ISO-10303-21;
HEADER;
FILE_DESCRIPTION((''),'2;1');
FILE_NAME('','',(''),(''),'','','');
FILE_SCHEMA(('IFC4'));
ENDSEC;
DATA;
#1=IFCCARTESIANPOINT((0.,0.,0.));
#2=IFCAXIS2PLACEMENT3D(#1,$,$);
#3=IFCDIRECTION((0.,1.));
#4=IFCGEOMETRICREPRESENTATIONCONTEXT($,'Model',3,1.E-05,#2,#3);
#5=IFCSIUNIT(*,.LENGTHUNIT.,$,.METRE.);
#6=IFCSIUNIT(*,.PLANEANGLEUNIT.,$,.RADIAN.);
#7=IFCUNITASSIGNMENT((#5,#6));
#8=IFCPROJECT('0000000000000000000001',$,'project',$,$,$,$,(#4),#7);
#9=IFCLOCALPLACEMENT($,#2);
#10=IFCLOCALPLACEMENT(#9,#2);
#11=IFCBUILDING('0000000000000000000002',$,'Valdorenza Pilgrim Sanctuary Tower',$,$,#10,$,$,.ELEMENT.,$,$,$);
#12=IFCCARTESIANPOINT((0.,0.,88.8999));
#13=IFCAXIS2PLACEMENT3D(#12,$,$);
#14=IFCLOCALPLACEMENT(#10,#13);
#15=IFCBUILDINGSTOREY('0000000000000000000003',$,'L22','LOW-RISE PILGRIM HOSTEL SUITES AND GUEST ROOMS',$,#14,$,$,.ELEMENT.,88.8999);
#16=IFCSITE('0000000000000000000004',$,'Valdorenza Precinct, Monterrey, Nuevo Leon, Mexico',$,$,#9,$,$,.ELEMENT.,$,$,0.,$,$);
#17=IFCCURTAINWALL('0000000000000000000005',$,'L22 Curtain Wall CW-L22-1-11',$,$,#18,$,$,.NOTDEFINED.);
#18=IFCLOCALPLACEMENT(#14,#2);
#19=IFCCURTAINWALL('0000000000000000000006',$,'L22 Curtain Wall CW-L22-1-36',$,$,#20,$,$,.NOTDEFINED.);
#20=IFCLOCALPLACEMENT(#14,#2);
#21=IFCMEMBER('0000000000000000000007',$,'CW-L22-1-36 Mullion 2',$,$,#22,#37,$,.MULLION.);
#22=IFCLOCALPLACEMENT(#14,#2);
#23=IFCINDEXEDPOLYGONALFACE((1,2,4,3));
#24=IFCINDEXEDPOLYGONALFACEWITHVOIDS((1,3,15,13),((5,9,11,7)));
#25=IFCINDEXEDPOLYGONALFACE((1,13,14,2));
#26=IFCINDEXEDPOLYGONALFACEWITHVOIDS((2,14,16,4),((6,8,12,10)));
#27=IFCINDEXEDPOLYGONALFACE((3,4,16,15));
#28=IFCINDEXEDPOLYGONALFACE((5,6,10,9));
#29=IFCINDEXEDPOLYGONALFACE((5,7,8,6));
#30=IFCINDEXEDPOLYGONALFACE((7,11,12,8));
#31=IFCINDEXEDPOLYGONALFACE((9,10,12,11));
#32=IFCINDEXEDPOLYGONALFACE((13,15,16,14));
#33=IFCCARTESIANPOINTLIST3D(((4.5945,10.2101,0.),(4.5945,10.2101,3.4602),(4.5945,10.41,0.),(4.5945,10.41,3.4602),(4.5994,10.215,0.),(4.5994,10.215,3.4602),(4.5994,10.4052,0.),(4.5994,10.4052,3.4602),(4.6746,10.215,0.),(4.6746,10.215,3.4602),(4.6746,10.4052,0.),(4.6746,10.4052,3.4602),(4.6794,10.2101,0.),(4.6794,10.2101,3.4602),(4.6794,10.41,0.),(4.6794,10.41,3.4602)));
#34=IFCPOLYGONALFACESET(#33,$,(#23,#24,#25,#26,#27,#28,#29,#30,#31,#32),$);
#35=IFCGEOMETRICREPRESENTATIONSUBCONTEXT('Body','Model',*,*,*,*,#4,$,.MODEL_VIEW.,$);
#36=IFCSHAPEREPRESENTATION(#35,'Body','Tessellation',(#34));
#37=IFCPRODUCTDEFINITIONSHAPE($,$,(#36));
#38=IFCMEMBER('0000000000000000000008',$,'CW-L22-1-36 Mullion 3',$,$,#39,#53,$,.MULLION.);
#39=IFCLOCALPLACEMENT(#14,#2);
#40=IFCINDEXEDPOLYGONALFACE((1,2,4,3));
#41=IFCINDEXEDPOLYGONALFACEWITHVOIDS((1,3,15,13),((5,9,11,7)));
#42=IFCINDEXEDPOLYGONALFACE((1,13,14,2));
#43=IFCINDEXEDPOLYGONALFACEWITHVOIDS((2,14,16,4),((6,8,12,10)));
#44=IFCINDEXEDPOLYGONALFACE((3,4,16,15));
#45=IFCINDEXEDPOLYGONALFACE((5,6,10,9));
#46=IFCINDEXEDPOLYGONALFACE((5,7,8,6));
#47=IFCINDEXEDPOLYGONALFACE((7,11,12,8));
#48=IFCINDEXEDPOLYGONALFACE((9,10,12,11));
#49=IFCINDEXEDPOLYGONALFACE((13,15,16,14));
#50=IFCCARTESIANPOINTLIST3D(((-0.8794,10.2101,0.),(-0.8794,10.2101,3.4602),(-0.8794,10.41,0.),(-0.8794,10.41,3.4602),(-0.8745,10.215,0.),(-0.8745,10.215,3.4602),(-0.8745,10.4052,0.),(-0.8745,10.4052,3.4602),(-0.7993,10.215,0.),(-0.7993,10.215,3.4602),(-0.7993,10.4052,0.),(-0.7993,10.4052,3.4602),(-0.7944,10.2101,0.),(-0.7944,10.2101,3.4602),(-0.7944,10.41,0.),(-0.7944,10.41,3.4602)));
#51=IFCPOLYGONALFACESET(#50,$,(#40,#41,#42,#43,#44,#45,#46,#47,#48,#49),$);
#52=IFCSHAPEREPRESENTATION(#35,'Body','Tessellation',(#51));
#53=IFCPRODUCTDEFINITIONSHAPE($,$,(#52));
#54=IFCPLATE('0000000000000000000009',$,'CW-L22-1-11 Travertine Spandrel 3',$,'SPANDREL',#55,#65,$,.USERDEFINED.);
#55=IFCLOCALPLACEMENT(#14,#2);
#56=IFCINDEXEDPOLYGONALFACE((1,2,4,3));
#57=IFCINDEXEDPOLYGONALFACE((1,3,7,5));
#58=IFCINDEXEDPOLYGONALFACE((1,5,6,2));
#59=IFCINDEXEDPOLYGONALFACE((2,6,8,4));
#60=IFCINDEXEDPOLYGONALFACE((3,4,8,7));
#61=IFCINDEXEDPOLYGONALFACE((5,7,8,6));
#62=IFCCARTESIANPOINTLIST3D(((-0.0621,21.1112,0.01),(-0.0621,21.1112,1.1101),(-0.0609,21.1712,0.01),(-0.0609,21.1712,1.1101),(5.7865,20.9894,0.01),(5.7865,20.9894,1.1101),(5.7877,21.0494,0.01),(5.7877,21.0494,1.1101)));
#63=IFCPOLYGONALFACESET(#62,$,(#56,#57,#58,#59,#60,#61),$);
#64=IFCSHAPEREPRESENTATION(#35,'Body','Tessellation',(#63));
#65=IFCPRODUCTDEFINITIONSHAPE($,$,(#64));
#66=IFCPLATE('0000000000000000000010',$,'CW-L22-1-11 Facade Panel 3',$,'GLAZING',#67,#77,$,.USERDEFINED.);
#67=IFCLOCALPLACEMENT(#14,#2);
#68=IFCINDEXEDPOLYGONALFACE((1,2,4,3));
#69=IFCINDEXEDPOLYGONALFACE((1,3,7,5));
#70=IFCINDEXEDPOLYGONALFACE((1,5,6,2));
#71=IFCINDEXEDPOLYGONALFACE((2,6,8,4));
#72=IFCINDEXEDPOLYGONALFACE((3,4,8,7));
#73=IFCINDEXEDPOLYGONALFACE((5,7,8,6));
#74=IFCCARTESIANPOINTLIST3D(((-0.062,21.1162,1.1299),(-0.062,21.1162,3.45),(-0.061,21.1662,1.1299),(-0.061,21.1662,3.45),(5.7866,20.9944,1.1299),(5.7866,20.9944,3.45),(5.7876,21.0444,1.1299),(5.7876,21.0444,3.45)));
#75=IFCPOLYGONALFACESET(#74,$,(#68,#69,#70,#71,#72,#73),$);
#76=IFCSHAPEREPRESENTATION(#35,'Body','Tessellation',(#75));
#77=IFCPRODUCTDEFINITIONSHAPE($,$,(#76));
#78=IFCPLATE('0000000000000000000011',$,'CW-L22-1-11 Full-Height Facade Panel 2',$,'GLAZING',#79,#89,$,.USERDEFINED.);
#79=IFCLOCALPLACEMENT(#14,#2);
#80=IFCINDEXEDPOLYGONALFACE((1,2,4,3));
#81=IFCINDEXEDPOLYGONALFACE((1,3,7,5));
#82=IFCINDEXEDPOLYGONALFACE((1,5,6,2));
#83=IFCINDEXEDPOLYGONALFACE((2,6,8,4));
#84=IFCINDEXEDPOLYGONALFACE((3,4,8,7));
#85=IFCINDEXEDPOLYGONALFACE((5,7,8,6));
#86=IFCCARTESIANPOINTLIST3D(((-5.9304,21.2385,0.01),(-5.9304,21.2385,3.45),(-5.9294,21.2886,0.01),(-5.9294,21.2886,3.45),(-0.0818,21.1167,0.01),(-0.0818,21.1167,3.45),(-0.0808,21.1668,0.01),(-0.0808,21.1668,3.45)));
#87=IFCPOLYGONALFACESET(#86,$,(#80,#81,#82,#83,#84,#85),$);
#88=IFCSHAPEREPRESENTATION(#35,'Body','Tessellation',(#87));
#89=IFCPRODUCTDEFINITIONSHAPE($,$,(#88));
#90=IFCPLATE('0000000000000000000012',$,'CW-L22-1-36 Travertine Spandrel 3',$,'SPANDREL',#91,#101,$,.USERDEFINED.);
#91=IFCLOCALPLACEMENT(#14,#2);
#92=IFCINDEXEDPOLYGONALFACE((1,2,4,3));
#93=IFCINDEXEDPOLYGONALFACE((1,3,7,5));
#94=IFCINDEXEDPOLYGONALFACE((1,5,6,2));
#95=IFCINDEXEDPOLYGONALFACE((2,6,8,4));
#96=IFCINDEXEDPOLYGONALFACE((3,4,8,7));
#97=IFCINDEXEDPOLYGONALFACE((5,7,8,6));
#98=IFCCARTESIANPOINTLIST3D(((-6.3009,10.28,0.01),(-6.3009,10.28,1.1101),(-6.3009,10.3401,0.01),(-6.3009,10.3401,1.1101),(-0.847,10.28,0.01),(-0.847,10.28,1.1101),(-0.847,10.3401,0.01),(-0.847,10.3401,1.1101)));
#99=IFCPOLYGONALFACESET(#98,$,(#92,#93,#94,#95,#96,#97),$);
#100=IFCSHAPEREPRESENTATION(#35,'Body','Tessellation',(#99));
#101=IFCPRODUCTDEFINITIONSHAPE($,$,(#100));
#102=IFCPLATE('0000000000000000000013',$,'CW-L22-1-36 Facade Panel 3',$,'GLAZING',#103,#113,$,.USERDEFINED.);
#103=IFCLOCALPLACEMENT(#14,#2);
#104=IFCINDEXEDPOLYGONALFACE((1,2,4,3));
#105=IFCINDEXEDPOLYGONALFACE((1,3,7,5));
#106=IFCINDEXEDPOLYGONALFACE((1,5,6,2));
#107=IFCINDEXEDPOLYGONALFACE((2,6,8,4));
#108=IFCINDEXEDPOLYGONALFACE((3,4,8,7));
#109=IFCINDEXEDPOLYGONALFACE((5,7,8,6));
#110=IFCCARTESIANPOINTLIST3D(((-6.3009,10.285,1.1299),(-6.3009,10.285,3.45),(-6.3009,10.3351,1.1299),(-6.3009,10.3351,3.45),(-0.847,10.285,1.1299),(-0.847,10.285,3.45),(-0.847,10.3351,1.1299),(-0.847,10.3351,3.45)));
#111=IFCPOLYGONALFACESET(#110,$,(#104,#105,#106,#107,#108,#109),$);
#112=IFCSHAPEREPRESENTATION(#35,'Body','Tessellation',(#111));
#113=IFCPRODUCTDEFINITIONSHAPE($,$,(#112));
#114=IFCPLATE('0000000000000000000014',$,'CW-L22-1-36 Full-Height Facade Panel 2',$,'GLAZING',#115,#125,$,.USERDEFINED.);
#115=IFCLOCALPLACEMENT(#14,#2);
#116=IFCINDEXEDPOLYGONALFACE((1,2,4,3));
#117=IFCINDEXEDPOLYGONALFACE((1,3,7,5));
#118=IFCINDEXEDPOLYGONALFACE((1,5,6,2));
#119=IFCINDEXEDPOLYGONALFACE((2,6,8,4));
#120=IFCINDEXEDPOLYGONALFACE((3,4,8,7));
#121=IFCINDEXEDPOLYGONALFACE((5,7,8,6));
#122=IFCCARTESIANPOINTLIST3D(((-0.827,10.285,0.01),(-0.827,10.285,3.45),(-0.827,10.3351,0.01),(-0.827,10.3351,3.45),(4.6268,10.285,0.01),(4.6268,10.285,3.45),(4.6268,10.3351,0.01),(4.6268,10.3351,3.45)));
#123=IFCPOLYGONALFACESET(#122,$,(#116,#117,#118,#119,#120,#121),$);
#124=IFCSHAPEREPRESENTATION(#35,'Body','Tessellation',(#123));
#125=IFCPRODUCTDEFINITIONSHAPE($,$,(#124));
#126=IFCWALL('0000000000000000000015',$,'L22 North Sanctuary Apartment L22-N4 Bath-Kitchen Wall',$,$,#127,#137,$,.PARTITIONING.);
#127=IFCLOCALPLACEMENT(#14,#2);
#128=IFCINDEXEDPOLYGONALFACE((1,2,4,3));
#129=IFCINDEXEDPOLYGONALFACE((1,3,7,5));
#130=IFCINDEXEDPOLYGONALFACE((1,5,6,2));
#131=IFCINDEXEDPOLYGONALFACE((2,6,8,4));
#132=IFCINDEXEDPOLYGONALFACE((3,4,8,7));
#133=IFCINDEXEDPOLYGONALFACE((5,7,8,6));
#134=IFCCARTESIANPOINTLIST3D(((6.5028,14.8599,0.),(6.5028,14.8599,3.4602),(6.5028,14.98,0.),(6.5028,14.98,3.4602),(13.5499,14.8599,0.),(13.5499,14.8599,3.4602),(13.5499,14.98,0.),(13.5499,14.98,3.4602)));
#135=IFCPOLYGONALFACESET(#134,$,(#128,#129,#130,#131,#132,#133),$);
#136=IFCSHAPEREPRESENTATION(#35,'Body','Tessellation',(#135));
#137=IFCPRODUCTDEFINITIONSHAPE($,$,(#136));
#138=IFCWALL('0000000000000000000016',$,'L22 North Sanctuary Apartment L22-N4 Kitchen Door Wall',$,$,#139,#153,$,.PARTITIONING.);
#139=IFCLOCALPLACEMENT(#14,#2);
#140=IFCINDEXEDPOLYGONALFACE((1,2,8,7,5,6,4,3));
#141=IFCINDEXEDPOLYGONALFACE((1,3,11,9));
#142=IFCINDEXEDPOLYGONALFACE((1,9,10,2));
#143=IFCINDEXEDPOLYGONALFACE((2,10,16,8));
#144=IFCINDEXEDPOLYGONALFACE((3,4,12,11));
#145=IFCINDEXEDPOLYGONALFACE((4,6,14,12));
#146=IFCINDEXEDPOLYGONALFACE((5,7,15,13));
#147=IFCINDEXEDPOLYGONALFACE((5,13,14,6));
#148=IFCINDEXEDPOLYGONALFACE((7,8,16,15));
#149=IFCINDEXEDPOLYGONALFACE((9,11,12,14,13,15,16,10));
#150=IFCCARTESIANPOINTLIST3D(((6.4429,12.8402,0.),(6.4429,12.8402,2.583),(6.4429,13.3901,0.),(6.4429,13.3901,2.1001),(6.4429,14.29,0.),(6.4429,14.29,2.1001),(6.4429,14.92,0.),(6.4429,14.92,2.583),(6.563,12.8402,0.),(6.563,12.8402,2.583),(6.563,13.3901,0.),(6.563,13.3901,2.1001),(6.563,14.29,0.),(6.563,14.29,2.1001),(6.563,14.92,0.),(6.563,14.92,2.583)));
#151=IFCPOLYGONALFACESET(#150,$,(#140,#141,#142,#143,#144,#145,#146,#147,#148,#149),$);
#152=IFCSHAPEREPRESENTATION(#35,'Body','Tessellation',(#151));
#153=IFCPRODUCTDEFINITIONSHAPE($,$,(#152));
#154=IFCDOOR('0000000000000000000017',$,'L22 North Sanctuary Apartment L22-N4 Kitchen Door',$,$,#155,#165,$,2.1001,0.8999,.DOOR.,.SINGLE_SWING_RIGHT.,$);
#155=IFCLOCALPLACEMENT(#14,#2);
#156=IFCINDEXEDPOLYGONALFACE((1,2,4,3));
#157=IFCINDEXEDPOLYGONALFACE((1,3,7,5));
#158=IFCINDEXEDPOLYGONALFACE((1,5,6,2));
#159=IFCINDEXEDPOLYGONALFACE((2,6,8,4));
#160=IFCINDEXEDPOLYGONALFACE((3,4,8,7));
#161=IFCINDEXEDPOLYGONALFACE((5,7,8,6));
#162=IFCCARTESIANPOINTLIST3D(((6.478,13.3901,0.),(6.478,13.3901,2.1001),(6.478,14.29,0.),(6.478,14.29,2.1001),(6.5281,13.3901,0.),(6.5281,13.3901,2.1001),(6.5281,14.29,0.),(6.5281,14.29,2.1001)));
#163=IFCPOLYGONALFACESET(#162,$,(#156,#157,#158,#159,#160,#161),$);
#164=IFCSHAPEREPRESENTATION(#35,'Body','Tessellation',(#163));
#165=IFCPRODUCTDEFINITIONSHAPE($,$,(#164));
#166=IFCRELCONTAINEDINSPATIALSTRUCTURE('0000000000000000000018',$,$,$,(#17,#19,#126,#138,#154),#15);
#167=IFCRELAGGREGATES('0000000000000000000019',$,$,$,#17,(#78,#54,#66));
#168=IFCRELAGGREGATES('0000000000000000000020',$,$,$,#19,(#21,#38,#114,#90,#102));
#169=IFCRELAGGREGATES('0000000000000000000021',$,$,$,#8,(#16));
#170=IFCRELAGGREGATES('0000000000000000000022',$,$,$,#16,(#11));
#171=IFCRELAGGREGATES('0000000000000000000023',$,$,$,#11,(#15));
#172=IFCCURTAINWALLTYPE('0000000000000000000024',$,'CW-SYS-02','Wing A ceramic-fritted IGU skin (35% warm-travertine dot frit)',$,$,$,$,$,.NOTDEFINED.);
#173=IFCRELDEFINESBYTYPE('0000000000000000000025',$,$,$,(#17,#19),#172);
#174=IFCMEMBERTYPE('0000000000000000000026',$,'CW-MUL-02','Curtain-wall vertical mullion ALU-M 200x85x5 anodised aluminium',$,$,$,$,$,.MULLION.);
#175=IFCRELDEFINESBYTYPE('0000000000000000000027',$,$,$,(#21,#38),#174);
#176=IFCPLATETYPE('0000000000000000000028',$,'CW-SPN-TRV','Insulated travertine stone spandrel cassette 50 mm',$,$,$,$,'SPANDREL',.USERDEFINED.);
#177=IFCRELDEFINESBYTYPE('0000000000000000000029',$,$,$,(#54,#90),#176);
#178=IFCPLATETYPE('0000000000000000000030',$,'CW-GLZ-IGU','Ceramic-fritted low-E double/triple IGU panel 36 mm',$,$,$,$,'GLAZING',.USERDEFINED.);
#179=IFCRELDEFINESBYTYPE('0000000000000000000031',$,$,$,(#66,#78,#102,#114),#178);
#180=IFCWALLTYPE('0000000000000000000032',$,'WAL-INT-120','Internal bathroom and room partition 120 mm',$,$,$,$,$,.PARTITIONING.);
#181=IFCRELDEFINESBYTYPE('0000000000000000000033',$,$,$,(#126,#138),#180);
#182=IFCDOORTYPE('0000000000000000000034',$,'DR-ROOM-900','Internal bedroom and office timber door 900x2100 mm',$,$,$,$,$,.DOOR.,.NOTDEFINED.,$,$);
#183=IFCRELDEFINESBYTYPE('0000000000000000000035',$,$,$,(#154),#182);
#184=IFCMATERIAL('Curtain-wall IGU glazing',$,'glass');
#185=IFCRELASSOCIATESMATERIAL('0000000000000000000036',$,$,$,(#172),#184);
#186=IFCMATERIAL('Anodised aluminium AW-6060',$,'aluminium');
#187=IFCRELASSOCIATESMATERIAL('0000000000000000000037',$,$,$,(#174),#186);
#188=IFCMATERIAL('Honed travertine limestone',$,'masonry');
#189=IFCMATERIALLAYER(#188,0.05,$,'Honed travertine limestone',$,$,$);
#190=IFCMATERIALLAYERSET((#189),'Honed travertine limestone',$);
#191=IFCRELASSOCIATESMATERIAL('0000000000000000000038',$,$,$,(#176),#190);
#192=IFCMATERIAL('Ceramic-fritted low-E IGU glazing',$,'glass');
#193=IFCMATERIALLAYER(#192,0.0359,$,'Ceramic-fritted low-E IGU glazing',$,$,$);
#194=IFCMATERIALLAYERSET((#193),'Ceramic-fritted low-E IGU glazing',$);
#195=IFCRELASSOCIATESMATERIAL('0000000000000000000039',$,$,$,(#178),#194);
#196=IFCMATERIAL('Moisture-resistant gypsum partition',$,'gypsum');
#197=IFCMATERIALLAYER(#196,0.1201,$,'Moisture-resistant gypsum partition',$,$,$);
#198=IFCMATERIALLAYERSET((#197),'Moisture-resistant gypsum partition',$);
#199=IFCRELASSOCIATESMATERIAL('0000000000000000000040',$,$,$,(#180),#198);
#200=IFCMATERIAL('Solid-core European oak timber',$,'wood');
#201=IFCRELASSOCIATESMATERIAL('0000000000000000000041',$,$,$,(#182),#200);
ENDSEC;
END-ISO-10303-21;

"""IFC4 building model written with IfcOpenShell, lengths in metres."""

from ifc_helpers import new_model, si_unit, direction, frame, frame_2d, origin, origin_2d, place, context, subcontext, project, spatial, rectangle, hollow_rectangle, extrude, source, transform, mapped, material, layer, layer_set, material_profile, profile_set, type_object, element, fill, aggregate, save


model = new_model("IFC4")

# Units and contexts
model_context = context("Model", 3, precision=1e-05, world=origin(), true_north=direction((0.0, 1.0)))
body_context = subcontext(model_context, "Body", "Model", "MODEL_VIEW")
ifc_project = project(units=[si_unit("LENGTHUNIT", "METRE"), si_unit("PLANEANGLEUNIT", "RADIAN")], contexts=[model_context])

# Site, building, storey
site_placement = place(None, origin())
site = spatial("IfcSite", under=ifc_project, at=site_placement, Name="Valdorenza Precinct, Monterrey, Nuevo Leon, Mexico", CompositionType="ELEMENT", RefElevation=0.0)
building_placement = place(site_placement, origin())
building = spatial("IfcBuilding", under=site, at=building_placement, Name="Valdorenza Pilgrim Sanctuary Tower", CompositionType="ELEMENT")
storey_placement = place(building_placement, frame((0.0, 0.0, 88.8999)))
storey = spatial("IfcBuildingStorey", under=building, at=storey_placement, Name="L22", Description="LOW-RISE PILGRIM HOSTEL SUITES AND GUEST ROOMS", CompositionType="ELEMENT", Elevation=88.8999)

# Curtain walls, members
ifc_material_1 = material(Name="Curtain-wall IGU glazing", Category="glass")
curtain_wall_type = type_object("IfcCurtainWallType", Name="CW-SYS-02", Description="Wing A ceramic-fritted IGU skin (35% warm-travertine dot frit)", PredefinedType="NOTDEFINED", material=ifc_material_1)
curtain_wall_1_placement = place(storey_placement, origin())
curtain_wall_1 = element("IfcCurtainWall", 1, at=curtain_wall_1_placement, inside=storey, type_object=curtain_wall_type, Name="L22 Curtain Wall CW-L22-1-11", PredefinedType="NOTDEFINED")
ifc_material_2 = material(Name="Anodised aluminium AW-6060", Category="aluminium")
ifc_material_profile_1 = material_profile(ifc_material_2, hollow_rectangle(XDim=0.085, YDim=0.2, WallThickness=0.0049, at=origin_2d()), Name="ALU-M 200x85x5")
ifc_profile_set_1 = profile_set([ifc_material_profile_1], Name="Anodised aluminium AW-6060")
member_type = type_object("IfcMemberType", Name="CW-MUL-02", Description="Curtain-wall vertical mullion ALU-M 200x85x5 anodised aluminium", PredefinedType="MULLION", material=ifc_profile_set_1)
shared_shape_1 = source(origin(), body_context, "Body", "SweptSolid", [
    extrude(hollow_rectangle(XDim=0.085, YDim=0.2, WallThickness=0.0049, at=origin_2d()), origin(), (0.0, 0.0, 1.0), 3.4602),
])
curtain_wall_2_placement = place(storey_placement, origin())
curtain_wall_2 = element("IfcCurtainWall", 2, at=curtain_wall_2_placement, inside=storey, type_object=curtain_wall_type, Name="L22 Curtain Wall CW-L22-1-36", PredefinedType="NOTDEFINED")
member_1_placement = place(storey_placement, frame((4.637, 10.3101, 0.0), z_axis=(0.0, 0.0, 1.0), x_axis=(-1.0, 0.0, 0.0)))
member_1 = element("IfcMember", 3, at=member_1_placement, type_object=member_type, Name="CW-L22-1-36 Mullion 2", PredefinedType="MULLION", context=body_context, shape_type="MappedRepresentation", body=[
    mapped(shared_shape_1, transform((0.0, 0.0, 0.0), x_axis=(1.0, 0.0, 0.0), y_axis=(0.0, 1.0, 0.0), z_axis=(0.0, 0.0, 1.0), scale=1.0)),
])
member_2_placement = place(storey_placement, frame((-0.8369, 10.3101, 0.0), z_axis=(0.0, 0.0, 1.0), x_axis=(-1.0, 0.0, 0.0)))
member_2 = element("IfcMember", 4, at=member_2_placement, type_object=member_type, Name="CW-L22-1-36 Mullion 3", PredefinedType="MULLION", context=body_context, shape_type="MappedRepresentation", body=[
    mapped(shared_shape_1, transform((0.0, 0.0, 0.0), x_axis=(1.0, 0.0, 0.0), y_axis=(0.0, 1.0, 0.0), z_axis=(0.0, 0.0, 1.0), scale=1.0)),
])

# Plates
ifc_material_3 = material(Name="Honed travertine limestone", Category="masonry")
ifc_layer_1 = layer(ifc_material_3, 0.05, Name="Honed travertine limestone")
ifc_layer_set_1 = layer_set([ifc_layer_1], Name="Honed travertine limestone")
plate_type_1 = type_object("IfcPlateType", Name="CW-SPN-TRV", Description="Insulated travertine stone spandrel cassette 50 mm", ElementType="SPANDREL", PredefinedType="USERDEFINED", material=ifc_layer_set_1)
shared_shape_2 = source(origin(), body_context, "Body", "SweptSolid", [
    extrude(rectangle(XDim=5.8499, YDim=0.0601, at=origin_2d()), origin(), (0.0, 0.0, 1.0), 1.1001),
])
plate_1_placement = place(storey_placement, frame((2.8628, 21.0803, 0.01), z_axis=(0.0, 0.0, 1.0), x_axis=(0.999783, -0.02082, 0.0)))
plate_1 = element("IfcPlate", 5, at=plate_1_placement, type_object=plate_type_1, Name="CW-L22-1-11 Travertine Spandrel 3", ObjectType="SPANDREL", PredefinedType="USERDEFINED", context=body_context, shape_type="MappedRepresentation", body=[
    mapped(shared_shape_2, transform((0.0, 0.0, 0.0), x_axis=(1.0, 0.0, 0.0), y_axis=(0.0, 1.0, 0.0), z_axis=(0.0, 0.0, 1.0), scale=1.0)),
])
ifc_material_4 = material(Name="Ceramic-fritted low-E IGU glazing", Category="glass")
ifc_layer_2 = layer(ifc_material_4, 0.0359, Name="Ceramic-fritted low-E IGU glazing")
ifc_layer_set_2 = layer_set([ifc_layer_2], Name="Ceramic-fritted low-E IGU glazing")
plate_type_2 = type_object("IfcPlateType", Name="CW-GLZ-IGU", Description="Ceramic-fritted low-E double/triple IGU panel 36 mm", ElementType="GLAZING", PredefinedType="USERDEFINED", material=ifc_layer_set_2)
shared_shape_3 = source(origin(), body_context, "Body", "SweptSolid", [
    extrude(rectangle(XDim=5.8499, YDim=0.05, at=origin_2d()), origin(), (0.0, 0.0, 1.0), 2.3201),
])
plate_2_placement = place(storey_placement, frame((2.8628, 21.0803, 1.1299), z_axis=(0.0, 0.0, 1.0), x_axis=(0.999783, -0.02082, 0.0)))
plate_2 = element("IfcPlate", 6, at=plate_2_placement, type_object=plate_type_2, Name="CW-L22-1-11 Facade Panel 3", ObjectType="GLAZING", PredefinedType="USERDEFINED", context=body_context, shape_type="MappedRepresentation", body=[
    mapped(shared_shape_3, transform((0.0, 0.0, 0.0), x_axis=(1.0, 0.0, 0.0), y_axis=(0.0, 1.0, 0.0), z_axis=(0.0, 0.0, 1.0), scale=1.0)),
])
shared_shape_4 = source(origin(), body_context, "Body", "SweptSolid", [
    extrude(rectangle(XDim=5.8499, YDim=0.05, at=origin_2d()), origin(), (0.0, 0.0, 1.0), 3.4399),
])
plate_3_placement = place(storey_placement, frame((-3.0056, 21.2026, 0.01), z_axis=(0.0, 0.0, 1.0), x_axis=(0.999783, -0.02082, 0.0)))
plate_3 = element("IfcPlate", 7, at=plate_3_placement, type_object=plate_type_2, Name="CW-L22-1-11 Full-Height Facade Panel 2", ObjectType="GLAZING", PredefinedType="USERDEFINED", context=body_context, shape_type="MappedRepresentation", body=[
    mapped(shared_shape_4, transform((0.0, 0.0, 0.0), x_axis=(1.0, 0.0, 0.0), y_axis=(0.0, 1.0, 0.0), z_axis=(0.0, 0.0, 1.0), scale=1.0)),
])
aggregate(curtain_wall_1, [plate_3, plate_1, plate_2])
shared_shape_5 = source(origin(), body_context, "Body", "SweptSolid", [
    extrude(rectangle(XDim=5.4539, YDim=0.0601, at=origin_2d()), origin(), (0.0, 0.0, 1.0), 1.1001),
])
plate_4_placement = place(storey_placement, frame((-3.574, 10.3101, 0.01), z_axis=(0.0, 0.0, 1.0), x_axis=(-1.0, 0.0, 0.0)))
plate_4 = element("IfcPlate", 8, at=plate_4_placement, type_object=plate_type_1, Name="CW-L22-1-36 Travertine Spandrel 3", ObjectType="SPANDREL", PredefinedType="USERDEFINED", context=body_context, shape_type="MappedRepresentation", body=[
    mapped(shared_shape_5, transform((0.0, 0.0, 0.0), x_axis=(1.0, 0.0, 0.0), y_axis=(0.0, 1.0, 0.0), z_axis=(0.0, 0.0, 1.0), scale=1.0)),
])
shared_shape_6 = source(origin(), body_context, "Body", "SweptSolid", [
    extrude(rectangle(XDim=5.4539, YDim=0.05, at=origin_2d()), origin(), (0.0, 0.0, 1.0), 2.3201),
])
plate_5_placement = place(storey_placement, frame((-3.574, 10.3101, 1.1299), z_axis=(0.0, 0.0, 1.0), x_axis=(-1.0, 0.0, 0.0)))
plate_5 = element("IfcPlate", 9, at=plate_5_placement, type_object=plate_type_2, Name="CW-L22-1-36 Facade Panel 3", ObjectType="GLAZING", PredefinedType="USERDEFINED", context=body_context, shape_type="MappedRepresentation", body=[
    mapped(shared_shape_6, transform((0.0, 0.0, 0.0), x_axis=(1.0, 0.0, 0.0), y_axis=(0.0, 1.0, 0.0), z_axis=(0.0, 0.0, 1.0), scale=1.0)),
])
shared_shape_7 = source(origin(), body_context, "Body", "SweptSolid", [
    extrude(rectangle(XDim=5.4539, YDim=0.05, at=origin_2d()), origin(), (0.0, 0.0, 1.0), 3.4399),
])
plate_6_placement = place(storey_placement, frame((1.8999, 10.3101, 0.01), z_axis=(0.0, 0.0, 1.0), x_axis=(-1.0, 0.0, 0.0)))
plate_6 = element("IfcPlate", 10, at=plate_6_placement, type_object=plate_type_2, Name="CW-L22-1-36 Full-Height Facade Panel 2", ObjectType="GLAZING", PredefinedType="USERDEFINED", context=body_context, shape_type="MappedRepresentation", body=[
    mapped(shared_shape_7, transform((0.0, 0.0, 0.0), x_axis=(1.0, 0.0, 0.0), y_axis=(0.0, 1.0, 0.0), z_axis=(0.0, 0.0, 1.0), scale=1.0)),
])
aggregate(curtain_wall_2, [member_1, member_2, plate_6, plate_4, plate_5])

# Wall
ifc_material_5 = material(Name="Moisture-resistant gypsum partition", Category="gypsum")
ifc_layer_3 = layer(ifc_material_5, 0.1201, Name="Moisture-resistant gypsum partition")
ifc_layer_set_3 = layer_set([ifc_layer_3], Name="Moisture-resistant gypsum partition")
wall_type_1 = type_object("IfcWallType", Name="WAL-INT-120", Description="Internal bathroom and room partition 120 mm", PredefinedType="PARTITIONING", material=ifc_layer_set_3)
wall_1_placement = place(storey_placement, frame((6.5029, 14.9199, 0.0), z_axis=(0.0, 0.0, 1.0), x_axis=(1.0, 0.0, 0.0)))
element("IfcWall", 11, at=wall_1_placement, inside=storey, type_object=wall_type_1, Name="L22 North Sanctuary Apartment L22-N4 Bath-Kitchen Wall", PredefinedType="PARTITIONING", context=body_context, shape_type="SweptSolid", body=[
    extrude(rectangle(XDim=7.0471, YDim=0.1201, at=frame_2d((3.5234, 0.0))), origin(), (0.0, 0.0, 1.0), 3.4602),
])

# Wall, opening, door
wall_2_placement = place(storey_placement, frame((6.5029, 12.8401, 0.0), z_axis=(0.0, 0.0, 1.0), x_axis=(0.0, 1.0, 0.0)))
wall_2 = element("IfcWall", 12, at=wall_2_placement, inside=storey, type_object=wall_type_1, Name="L22 North Sanctuary Apartment L22-N4 Kitchen Door Wall", PredefinedType="PARTITIONING", context=body_context, shape_type="SweptSolid", body=[
    extrude(rectangle(XDim=2.0798, YDim=0.1201, at=frame_2d((1.04, 0.0))), origin(), (0.0, 0.0, 1.0), 2.583),
])
opening_placement = place(wall_2_placement, frame((0.55, 0.0, 0.0)))
opening = element("IfcOpeningElement", 13, at=opening_placement, cuts=wall_2, PredefinedType="OPENING", context=body_context, shape_type="SweptSolid", body=[
    extrude(rectangle(XDim=0.8999, YDim=2.1001, at=frame_2d((0.45, 1.05))), frame((0.0, 0.075, 0.0), z_axis=(0.0, -1.0, 0.0), x_axis=(1.0, 0.0, 0.0)), (0.0, 0.0, 1.0), 0.1499),
])
ifc_material_6 = material(Name="Solid-core European oak timber", Category="wood")
door_type = type_object("IfcDoorType", Name="DR-ROOM-900", Description="Internal bedroom and office timber door 900x2100 mm", OperationType="NOTDEFINED", PredefinedType="DOOR", material=ifc_material_6)
door_placement = place(opening_placement, origin())
door = element("IfcDoor", 14, at=door_placement, inside=storey, type_object=door_type, Name="L22 North Sanctuary Apartment L22-N4 Kitchen Door", OperationType="SINGLE_SWING_RIGHT", OverallHeight=2.1001, OverallWidth=0.8999, PredefinedType="DOOR", context=body_context, shape_type="SweptSolid", body=[
    extrude(rectangle(XDim=0.8999, YDim=2.1001, at=frame_2d((0.45, 1.05))), frame((0.0, 0.0249, 0.0), z_axis=(0.0, -1.0, 0.0), x_axis=(1.0, 0.0, 0.0)), (0.0, 0.0, 1.0), 0.05),
])
fill(opening, door)

save(model, "model.ifc")
